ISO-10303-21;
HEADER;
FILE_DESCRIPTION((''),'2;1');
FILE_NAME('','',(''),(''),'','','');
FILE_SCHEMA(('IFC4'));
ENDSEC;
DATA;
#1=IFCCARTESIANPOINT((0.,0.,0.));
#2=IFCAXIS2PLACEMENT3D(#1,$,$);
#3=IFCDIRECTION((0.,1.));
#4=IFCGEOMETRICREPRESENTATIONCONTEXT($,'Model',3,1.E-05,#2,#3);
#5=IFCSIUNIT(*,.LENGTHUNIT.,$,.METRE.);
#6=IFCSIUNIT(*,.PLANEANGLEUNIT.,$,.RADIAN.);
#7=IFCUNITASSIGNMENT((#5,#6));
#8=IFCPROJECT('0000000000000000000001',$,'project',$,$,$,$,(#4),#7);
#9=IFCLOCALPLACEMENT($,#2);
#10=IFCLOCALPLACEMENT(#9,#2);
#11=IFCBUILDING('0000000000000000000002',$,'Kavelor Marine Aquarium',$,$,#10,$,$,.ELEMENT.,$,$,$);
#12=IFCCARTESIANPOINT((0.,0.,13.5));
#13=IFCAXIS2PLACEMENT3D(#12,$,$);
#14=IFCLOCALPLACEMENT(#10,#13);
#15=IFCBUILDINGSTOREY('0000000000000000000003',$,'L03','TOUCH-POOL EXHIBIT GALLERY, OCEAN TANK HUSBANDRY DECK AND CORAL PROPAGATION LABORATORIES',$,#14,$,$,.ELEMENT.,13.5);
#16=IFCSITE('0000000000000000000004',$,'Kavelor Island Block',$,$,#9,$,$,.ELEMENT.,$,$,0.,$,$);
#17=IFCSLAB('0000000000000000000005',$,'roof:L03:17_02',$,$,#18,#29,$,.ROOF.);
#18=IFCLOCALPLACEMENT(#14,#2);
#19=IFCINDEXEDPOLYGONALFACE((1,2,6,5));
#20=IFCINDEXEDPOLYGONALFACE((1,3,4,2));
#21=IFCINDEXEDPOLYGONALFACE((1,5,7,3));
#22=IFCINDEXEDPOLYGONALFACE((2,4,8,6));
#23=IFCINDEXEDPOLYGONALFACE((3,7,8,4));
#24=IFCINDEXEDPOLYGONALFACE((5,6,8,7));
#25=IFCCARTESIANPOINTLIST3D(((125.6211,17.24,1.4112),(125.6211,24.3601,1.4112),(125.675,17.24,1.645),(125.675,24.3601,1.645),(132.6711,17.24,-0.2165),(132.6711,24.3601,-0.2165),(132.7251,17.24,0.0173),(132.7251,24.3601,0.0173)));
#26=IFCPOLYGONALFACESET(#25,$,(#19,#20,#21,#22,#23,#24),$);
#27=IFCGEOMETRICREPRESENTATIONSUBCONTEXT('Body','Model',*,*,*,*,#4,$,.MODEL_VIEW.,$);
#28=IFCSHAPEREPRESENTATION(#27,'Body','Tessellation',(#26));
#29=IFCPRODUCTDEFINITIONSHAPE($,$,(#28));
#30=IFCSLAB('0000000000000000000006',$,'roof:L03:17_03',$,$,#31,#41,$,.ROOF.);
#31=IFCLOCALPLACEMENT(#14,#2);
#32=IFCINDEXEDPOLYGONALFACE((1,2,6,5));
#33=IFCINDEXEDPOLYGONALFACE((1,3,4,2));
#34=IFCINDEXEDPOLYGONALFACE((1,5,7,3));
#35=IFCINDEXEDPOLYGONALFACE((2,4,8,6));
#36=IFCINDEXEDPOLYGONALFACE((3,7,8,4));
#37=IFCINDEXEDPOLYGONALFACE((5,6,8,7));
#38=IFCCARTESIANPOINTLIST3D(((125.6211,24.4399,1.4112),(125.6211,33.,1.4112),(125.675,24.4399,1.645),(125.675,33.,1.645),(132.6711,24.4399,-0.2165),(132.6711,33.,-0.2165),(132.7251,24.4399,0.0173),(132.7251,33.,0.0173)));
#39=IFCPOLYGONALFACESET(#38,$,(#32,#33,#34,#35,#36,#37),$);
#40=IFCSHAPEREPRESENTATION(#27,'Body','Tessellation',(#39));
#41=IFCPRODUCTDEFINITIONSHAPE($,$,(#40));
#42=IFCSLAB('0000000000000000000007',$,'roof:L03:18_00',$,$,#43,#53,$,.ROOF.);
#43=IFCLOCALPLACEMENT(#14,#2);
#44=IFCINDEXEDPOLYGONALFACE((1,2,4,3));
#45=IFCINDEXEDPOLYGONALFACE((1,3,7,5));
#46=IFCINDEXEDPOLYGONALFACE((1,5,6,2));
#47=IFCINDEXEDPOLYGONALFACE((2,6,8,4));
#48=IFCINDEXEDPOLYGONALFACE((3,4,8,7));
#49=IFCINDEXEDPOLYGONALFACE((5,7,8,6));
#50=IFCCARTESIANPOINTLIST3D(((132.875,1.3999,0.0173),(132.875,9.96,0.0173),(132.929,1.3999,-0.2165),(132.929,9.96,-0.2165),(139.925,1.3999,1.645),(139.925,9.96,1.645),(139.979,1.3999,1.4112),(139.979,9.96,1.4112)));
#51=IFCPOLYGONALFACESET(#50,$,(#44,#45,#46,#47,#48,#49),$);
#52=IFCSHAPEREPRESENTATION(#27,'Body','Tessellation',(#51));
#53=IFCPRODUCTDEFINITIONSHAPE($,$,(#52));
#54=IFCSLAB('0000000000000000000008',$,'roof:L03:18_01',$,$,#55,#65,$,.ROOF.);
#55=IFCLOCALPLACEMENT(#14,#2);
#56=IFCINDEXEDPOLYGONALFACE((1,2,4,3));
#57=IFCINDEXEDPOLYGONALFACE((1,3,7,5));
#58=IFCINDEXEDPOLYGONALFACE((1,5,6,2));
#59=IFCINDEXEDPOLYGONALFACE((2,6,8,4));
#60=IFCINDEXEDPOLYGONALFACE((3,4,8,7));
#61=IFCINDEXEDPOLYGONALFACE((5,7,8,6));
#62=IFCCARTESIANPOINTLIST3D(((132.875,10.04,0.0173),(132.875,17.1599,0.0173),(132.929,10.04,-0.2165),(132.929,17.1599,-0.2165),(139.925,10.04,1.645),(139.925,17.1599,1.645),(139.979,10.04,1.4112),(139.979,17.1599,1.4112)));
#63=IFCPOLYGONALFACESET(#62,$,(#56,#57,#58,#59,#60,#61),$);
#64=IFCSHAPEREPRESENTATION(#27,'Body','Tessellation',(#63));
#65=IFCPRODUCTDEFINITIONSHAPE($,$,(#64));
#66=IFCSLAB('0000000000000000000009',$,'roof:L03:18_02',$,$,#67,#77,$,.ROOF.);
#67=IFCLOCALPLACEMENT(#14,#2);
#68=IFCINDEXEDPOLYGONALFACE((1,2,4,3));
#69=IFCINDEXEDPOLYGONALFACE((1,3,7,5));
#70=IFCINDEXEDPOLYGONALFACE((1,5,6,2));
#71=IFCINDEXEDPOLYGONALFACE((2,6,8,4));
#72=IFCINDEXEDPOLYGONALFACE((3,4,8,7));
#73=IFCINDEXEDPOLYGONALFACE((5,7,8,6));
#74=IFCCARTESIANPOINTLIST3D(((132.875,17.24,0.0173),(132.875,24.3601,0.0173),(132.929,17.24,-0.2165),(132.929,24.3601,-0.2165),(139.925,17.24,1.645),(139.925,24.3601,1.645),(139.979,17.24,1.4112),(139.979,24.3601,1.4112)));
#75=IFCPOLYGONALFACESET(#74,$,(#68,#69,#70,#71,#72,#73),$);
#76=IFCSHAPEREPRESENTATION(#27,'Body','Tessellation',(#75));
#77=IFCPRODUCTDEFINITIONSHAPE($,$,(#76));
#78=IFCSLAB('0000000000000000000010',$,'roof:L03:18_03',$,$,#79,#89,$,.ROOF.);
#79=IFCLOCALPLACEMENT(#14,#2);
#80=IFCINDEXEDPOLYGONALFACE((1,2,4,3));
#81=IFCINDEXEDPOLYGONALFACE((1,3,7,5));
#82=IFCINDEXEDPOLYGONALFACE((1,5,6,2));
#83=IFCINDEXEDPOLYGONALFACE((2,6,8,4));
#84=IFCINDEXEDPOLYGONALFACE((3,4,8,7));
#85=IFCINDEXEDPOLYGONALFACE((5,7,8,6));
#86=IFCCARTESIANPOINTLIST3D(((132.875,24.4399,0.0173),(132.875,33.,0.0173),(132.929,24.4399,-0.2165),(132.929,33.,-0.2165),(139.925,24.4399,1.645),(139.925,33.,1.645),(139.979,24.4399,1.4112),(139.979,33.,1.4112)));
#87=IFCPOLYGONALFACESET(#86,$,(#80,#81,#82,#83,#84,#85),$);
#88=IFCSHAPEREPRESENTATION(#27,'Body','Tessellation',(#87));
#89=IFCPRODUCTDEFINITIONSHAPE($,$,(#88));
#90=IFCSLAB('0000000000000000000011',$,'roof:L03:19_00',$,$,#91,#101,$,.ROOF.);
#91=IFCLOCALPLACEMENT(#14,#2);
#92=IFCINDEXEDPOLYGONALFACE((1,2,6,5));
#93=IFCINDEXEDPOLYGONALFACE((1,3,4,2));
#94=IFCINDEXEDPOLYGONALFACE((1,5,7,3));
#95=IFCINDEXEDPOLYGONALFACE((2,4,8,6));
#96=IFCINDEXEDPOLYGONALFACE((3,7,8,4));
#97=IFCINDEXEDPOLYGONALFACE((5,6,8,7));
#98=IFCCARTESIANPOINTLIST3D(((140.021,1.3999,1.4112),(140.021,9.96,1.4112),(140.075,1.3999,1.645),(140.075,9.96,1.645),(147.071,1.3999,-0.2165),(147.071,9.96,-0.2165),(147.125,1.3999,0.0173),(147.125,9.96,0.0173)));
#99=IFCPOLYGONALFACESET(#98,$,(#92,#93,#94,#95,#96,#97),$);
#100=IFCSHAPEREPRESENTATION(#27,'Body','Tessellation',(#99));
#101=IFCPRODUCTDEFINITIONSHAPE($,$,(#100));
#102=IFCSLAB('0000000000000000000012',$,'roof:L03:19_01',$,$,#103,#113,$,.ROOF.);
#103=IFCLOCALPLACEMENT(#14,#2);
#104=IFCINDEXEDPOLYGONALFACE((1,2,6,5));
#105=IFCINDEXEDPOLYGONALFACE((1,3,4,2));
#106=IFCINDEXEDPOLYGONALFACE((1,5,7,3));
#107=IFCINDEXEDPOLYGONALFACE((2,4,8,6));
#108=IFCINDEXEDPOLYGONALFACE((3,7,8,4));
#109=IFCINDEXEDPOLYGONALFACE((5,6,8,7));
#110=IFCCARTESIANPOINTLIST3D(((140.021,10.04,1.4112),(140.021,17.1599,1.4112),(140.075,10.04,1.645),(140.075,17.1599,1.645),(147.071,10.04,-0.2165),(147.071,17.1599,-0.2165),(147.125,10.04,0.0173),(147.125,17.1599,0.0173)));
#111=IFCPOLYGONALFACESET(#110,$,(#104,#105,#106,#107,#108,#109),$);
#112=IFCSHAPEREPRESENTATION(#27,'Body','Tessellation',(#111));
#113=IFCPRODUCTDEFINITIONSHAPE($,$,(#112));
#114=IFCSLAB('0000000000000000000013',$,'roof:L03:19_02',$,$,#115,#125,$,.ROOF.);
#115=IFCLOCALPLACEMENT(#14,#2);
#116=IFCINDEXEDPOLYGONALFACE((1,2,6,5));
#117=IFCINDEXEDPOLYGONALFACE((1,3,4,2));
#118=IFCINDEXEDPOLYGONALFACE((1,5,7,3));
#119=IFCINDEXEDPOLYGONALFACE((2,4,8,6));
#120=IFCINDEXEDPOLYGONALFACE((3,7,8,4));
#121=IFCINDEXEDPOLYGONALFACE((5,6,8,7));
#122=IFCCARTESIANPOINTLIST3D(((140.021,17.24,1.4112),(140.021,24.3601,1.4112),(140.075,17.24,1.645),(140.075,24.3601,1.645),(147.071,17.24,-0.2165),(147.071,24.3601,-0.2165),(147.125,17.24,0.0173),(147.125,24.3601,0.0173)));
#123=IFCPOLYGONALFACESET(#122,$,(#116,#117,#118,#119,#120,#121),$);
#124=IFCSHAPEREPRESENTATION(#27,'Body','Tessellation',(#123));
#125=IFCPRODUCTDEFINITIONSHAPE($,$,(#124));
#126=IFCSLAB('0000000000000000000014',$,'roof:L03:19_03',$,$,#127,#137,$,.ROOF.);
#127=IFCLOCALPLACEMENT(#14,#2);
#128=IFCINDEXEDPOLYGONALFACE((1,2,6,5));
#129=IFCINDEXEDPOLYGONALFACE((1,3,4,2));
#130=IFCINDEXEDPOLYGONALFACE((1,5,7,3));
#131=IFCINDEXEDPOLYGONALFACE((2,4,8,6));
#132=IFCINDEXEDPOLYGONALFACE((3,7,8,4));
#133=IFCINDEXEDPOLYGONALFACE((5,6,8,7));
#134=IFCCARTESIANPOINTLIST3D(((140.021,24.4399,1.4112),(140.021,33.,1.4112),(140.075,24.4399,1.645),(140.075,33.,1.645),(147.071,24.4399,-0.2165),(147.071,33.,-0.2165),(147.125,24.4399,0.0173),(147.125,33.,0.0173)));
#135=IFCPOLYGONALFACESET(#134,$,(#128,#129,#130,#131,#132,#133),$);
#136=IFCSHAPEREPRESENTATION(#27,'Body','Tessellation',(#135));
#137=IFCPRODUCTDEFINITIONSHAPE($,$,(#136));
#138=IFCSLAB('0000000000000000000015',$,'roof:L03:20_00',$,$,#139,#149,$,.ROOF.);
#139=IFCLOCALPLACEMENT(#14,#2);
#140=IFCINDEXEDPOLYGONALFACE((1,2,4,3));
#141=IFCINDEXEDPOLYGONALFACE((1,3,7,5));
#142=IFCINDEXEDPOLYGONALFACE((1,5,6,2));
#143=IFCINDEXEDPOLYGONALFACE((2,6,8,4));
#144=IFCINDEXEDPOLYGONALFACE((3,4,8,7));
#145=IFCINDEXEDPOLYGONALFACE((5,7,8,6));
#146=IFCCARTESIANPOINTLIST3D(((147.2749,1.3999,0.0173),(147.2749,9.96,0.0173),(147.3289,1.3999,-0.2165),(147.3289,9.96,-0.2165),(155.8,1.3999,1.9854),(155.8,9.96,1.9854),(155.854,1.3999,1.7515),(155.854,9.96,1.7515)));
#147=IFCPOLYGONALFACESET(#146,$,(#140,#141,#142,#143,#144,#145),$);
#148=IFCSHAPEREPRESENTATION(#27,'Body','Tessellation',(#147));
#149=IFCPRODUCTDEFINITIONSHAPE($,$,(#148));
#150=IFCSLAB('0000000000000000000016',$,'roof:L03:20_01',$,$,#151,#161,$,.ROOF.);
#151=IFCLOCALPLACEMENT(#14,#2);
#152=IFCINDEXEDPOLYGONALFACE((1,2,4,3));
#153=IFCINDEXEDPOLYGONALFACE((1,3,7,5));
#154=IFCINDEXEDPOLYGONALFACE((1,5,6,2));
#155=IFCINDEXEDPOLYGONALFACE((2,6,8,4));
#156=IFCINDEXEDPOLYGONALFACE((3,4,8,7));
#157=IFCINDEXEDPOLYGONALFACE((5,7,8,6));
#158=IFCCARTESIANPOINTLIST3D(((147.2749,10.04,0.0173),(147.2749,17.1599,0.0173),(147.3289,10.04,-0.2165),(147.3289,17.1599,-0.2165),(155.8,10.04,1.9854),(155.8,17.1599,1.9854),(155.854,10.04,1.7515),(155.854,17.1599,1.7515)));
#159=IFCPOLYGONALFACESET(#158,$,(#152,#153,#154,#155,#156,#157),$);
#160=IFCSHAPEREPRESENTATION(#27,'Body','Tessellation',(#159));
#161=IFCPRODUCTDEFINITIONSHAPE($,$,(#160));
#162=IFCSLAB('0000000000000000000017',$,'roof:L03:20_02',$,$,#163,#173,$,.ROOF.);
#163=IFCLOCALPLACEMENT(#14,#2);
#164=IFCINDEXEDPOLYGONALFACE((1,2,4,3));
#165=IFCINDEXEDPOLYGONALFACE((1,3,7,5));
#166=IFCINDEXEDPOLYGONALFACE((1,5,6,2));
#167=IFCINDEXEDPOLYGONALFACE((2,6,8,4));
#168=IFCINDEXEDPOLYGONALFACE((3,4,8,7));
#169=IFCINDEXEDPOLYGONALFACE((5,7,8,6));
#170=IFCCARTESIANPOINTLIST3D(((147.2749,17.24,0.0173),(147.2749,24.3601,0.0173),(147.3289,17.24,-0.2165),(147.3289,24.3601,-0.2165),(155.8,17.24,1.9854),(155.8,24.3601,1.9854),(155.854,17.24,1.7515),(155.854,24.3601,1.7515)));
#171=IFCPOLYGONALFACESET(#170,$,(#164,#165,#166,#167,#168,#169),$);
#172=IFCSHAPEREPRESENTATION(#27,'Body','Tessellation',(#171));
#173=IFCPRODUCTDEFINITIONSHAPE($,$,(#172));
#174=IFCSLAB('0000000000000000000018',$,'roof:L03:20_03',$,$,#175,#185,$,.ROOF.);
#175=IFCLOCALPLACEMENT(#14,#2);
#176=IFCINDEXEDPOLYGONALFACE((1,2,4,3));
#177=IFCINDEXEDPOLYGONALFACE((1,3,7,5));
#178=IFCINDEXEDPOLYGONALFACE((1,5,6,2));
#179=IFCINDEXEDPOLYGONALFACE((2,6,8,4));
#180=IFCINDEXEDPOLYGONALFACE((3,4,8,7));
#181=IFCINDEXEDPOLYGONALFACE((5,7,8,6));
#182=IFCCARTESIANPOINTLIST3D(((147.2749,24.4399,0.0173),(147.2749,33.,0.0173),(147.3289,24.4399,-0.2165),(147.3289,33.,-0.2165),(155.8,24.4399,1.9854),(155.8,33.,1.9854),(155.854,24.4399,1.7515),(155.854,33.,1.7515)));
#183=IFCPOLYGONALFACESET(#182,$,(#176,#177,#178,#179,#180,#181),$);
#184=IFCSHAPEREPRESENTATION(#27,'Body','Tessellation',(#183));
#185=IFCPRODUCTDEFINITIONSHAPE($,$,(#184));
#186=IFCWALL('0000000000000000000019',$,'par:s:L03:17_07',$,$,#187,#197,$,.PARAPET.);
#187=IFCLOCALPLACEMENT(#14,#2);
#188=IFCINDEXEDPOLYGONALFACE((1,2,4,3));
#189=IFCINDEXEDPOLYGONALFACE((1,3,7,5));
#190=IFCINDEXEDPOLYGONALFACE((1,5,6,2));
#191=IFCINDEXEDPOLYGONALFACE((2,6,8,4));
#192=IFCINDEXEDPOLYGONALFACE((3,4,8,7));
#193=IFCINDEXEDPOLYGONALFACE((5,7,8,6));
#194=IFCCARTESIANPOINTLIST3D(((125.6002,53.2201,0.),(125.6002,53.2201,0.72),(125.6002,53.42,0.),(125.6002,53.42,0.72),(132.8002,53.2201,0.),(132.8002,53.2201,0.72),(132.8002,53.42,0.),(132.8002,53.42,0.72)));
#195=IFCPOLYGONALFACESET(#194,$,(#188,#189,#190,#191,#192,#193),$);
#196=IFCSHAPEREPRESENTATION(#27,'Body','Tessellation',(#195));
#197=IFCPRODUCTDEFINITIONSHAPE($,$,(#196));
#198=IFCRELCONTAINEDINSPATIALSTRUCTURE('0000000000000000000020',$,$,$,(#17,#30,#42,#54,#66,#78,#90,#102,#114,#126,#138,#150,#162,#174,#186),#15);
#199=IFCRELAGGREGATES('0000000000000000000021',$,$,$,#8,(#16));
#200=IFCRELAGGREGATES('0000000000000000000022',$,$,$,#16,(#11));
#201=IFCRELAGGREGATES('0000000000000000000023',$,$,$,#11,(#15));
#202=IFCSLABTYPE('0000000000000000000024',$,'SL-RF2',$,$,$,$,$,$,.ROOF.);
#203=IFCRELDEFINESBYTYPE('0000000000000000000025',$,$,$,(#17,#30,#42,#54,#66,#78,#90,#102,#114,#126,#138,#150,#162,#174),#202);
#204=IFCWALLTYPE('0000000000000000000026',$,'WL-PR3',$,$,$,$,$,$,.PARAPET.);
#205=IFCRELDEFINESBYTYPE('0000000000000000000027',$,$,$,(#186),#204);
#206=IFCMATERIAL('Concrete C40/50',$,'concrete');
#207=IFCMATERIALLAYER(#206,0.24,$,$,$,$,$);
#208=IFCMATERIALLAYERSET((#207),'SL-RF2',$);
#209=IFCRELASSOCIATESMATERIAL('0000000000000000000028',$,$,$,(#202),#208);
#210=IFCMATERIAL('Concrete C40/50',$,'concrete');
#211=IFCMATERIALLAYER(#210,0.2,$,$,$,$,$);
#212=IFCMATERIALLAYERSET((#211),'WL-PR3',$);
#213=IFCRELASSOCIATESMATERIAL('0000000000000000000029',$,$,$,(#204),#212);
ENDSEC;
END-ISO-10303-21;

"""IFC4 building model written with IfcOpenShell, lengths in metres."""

from ifc_helpers import new_model, si_unit, direction, frame, frame_2d, origin, place, context, subcontext, project, spatial, polyline, rectangle, outline, extrude, material, layer, layer_set, type_object, element, save


model = new_model("IFC4")

# Units and contexts
model_context = context("Model", 3, precision=1e-05, world=origin(), true_north=direction((0.0, 1.0)))
body_context = subcontext(model_context, "Body", "Model", "MODEL_VIEW")
ifc_project = project(units=[si_unit("LENGTHUNIT", "METRE"), si_unit("PLANEANGLEUNIT", "RADIAN")], contexts=[model_context])

# Site, building, storey
site_placement = place(None, origin())
site = spatial("IfcSite", under=ifc_project, at=site_placement, Name="Kavelor Island Block", CompositionType="ELEMENT", RefElevation=0.0)
building_placement = place(site_placement, origin())
building = spatial("IfcBuilding", under=site, at=building_placement, Name="Kavelor Marine Aquarium", CompositionType="ELEMENT")
storey_placement = place(building_placement, frame((0.0, 0.0, 13.5)))
storey = spatial("IfcBuildingStorey", under=building, at=storey_placement, Name="L03", Description="TOUCH-POOL EXHIBIT GALLERY, OCEAN TANK HUSBANDRY DECK AND CORAL PROPAGATION LABORATORIES", CompositionType="ELEMENT", Elevation=13.5)

# Slabs
ifc_material_1 = material(Name="Concrete C40/50", Category="concrete")
ifc_layer_1 = layer(ifc_material_1, 0.24)
ifc_layer_set_1 = layer_set([ifc_layer_1], Name="SL-RF2")
slab_type = type_object("IfcSlabType", Name="SL-RF2", PredefinedType="ROOF", material=ifc_layer_set_1)
slab_1_placement = place(storey_placement, frame((125.675, 17.24, 1.645), z_axis=(0.224958, 0.0, 0.974368), x_axis=(0.974368, 0.0, -0.224958)))
element("IfcSlab", 1, at=slab_1_placement, inside=storey, type_object=slab_type, Name="roof:L03:17_02", PredefinedType="ROOF", context=body_context, shape_type="SweptSolid", body=[
    extrude(outline(polyline([(0.0, 0.0), (7.2355, 0.0), (7.2355, 7.1201), (0.0, 7.1201), (0.0, 0.0)])), origin(), (0.0, 0.0, -1.0), 0.24),
])
for number, where, z_axis, x_axis, name in (
    (2, (125.675, 24.4399, 1.645), (0.224958, 0.0, 0.974368), (0.974368, 0.0, -0.224958), "roof:L03:17_03"),
    (3, (132.875, 1.3999, 0.0173), (-0.224958, 0.0, 0.974368), (0.974368, 0.0, 0.224958), "roof:L03:18_00"),
):
    element("IfcSlab", number, at=place(storey_placement, frame(where, z_axis=z_axis, x_axis=x_axis)), inside=storey, type_object=slab_type, Name=name, PredefinedType="ROOF", context=body_context, shape_type="SweptSolid", body=[
        extrude(outline(polyline([(0.0, 0.0), (7.2355, 0.0), (7.2355, 8.5601), (0.0, 8.5601), (0.0, 0.0)])), origin(), (0.0, 0.0, -1.0), 0.24),
    ])
slab_2_placement = place(storey_placement, frame((132.875, 10.04, 0.0173), z_axis=(-0.224958, 0.0, 0.974368), x_axis=(0.974368, 0.0, 0.224958)))
element("IfcSlab", 4, at=slab_2_placement, inside=storey, type_object=slab_type, Name="roof:L03:18_01", PredefinedType="ROOF", context=body_context, shape_type="SweptSolid", body=[
    extrude(outline(polyline([(0.0, 0.0), (7.2355, 0.0), (7.2355, 7.1199), (0.0, 7.1199), (0.0, 0.0)])), origin(), (0.0, 0.0, -1.0), 0.24),
])
slab_3_placement = place(storey_placement, frame((132.875, 17.24, 0.0173), z_axis=(-0.224958, 0.0, 0.974368), x_axis=(0.974368, 0.0, 0.224958)))
element("IfcSlab", 5, at=slab_3_placement, inside=storey, type_object=slab_type, Name="roof:L03:18_02", PredefinedType="ROOF", context=body_context, shape_type="SweptSolid", body=[
    extrude(outline(polyline([(0.0, 0.0), (7.2355, 0.0), (7.2355, 7.1201), (0.0, 7.1201), (0.0, 0.0)])), origin(), (0.0, 0.0, -1.0), 0.24),
])
for number, where, z_axis, x_axis, name in (
    (6, (132.875, 24.4399, 0.0173), (-0.224958, 0.0, 0.974368), (0.974368, 0.0, 0.224958), "roof:L03:18_03"),
    (7, (140.075, 1.3999, 1.645), (0.224958, 0.0, 0.974368), (0.974368, 0.0, -0.224958), "roof:L03:19_00"),
):
    element("IfcSlab", number, at=place(storey_placement, frame(where, z_axis=z_axis, x_axis=x_axis)), inside=storey, type_object=slab_type, Name=name, PredefinedType="ROOF", context=body_context, shape_type="SweptSolid", body=[
        extrude(outline(polyline([(0.0, 0.0), (7.2355, 0.0), (7.2355, 8.5601), (0.0, 8.5601), (0.0, 0.0)])), origin(), (0.0, 0.0, -1.0), 0.24),
    ])
slab_4_placement = place(storey_placement, frame((140.075, 10.04, 1.645), z_axis=(0.224958, 0.0, 0.974368), x_axis=(0.974368, 0.0, -0.224958)))
element("IfcSlab", 8, at=slab_4_placement, inside=storey, type_object=slab_type, Name="roof:L03:19_01", PredefinedType="ROOF", context=body_context, shape_type="SweptSolid", body=[
    extrude(outline(polyline([(0.0, 0.0), (7.2355, 0.0), (7.2355, 7.1199), (0.0, 7.1199), (0.0, 0.0)])), origin(), (0.0, 0.0, -1.0), 0.24),
])
slab_5_placement = place(storey_placement, frame((140.075, 17.24, 1.645), z_axis=(0.224958, 0.0, 0.974368), x_axis=(0.974368, 0.0, -0.224958)))
element("IfcSlab", 9, at=slab_5_placement, inside=storey, type_object=slab_type, Name="roof:L03:19_02", PredefinedType="ROOF", context=body_context, shape_type="SweptSolid", body=[
    extrude(outline(polyline([(0.0, 0.0), (7.2355, 0.0), (7.2355, 7.1201), (0.0, 7.1201), (0.0, 0.0)])), origin(), (0.0, 0.0, -1.0), 0.24),
])
slab_6_placement = place(storey_placement, frame((140.075, 24.4399, 1.645), z_axis=(0.224958, 0.0, 0.974368), x_axis=(0.974368, 0.0, -0.224958)))
element("IfcSlab", 10, at=slab_6_placement, inside=storey, type_object=slab_type, Name="roof:L03:19_03", PredefinedType="ROOF", context=body_context, shape_type="SweptSolid", body=[
    extrude(outline(polyline([(0.0, 0.0), (7.2355, 0.0), (7.2355, 8.5601), (0.0, 8.5601), (0.0, 0.0)])), origin(), (0.0, 0.0, -1.0), 0.24),
])
slab_7_placement = place(storey_placement, frame((147.2749, 1.3999, 0.0173), z_axis=(-0.224933, 0.0, 0.974374), x_axis=(0.974374, 0.0, 0.224933)))
element("IfcSlab", 11, at=slab_7_placement, inside=storey, type_object=slab_type, Name="roof:L03:20_00", PredefinedType="ROOF", context=body_context, shape_type="SweptSolid", body=[
    extrude(outline(polyline([(0.0, 0.0), (8.7494, 0.0), (8.7494, 8.5601), (0.0, 8.5601), (0.0, 0.0)])), origin(), (0.0, 0.0, -1.0), 0.24),
])
slab_8_placement = place(storey_placement, frame((147.2749, 10.04, 0.0173), z_axis=(-0.224933, 0.0, 0.974374), x_axis=(0.974374, 0.0, 0.224933)))
element("IfcSlab", 12, at=slab_8_placement, inside=storey, type_object=slab_type, Name="roof:L03:20_01", PredefinedType="ROOF", context=body_context, shape_type="SweptSolid", body=[
    extrude(outline(polyline([(0.0, 0.0), (8.7494, 0.0), (8.7494, 7.1199), (0.0, 7.1199), (0.0, 0.0)])), origin(), (0.0, 0.0, -1.0), 0.24),
])
slab_9_placement = place(storey_placement, frame((147.2749, 17.24, 0.0173), z_axis=(-0.224933, 0.0, 0.974374), x_axis=(0.974374, 0.0, 0.224933)))
element("IfcSlab", 13, at=slab_9_placement, inside=storey, type_object=slab_type, Name="roof:L03:20_02", PredefinedType="ROOF", context=body_context, shape_type="SweptSolid", body=[
    extrude(outline(polyline([(0.0, 0.0), (8.7494, 0.0), (8.7494, 7.1201), (0.0, 7.1201), (0.0, 0.0)])), origin(), (0.0, 0.0, -1.0), 0.24),
])
slab_10_placement = place(storey_placement, frame((147.2749, 24.4399, 0.0173), z_axis=(-0.224933, 0.0, 0.974374), x_axis=(0.974374, 0.0, 0.224933)))
element("IfcSlab", 14, at=slab_10_placement, inside=storey, type_object=slab_type, Name="roof:L03:20_03", PredefinedType="ROOF", context=body_context, shape_type="SweptSolid", body=[
    extrude(outline(polyline([(0.0, 0.0), (8.7494, 0.0), (8.7494, 8.5601), (0.0, 8.5601), (0.0, 0.0)])), origin(), (0.0, 0.0, -1.0), 0.24),
])

# Wall
ifc_material_2 = material(Name="Concrete C40/50", Category="concrete")
ifc_layer_2 = layer(ifc_material_2, 0.2)
ifc_layer_set_2 = layer_set([ifc_layer_2], Name="WL-PR3")
wall_type = type_object("IfcWallType", Name="WL-PR3", PredefinedType="PARAPET", material=ifc_layer_set_2)
for number, where, z_axis, x_axis, name in (
    (15, (125.6001, 53.3201, 0.0), (0.0, 0.0, 1.0), (1.0, 0.0, 0.0), "par:s:L03:17_07"),
):
    element("IfcWall", number, at=place(storey_placement, frame(where, z_axis=z_axis, x_axis=x_axis)), inside=storey, type_object=wall_type, Name=name, PredefinedType="PARAPET", context=body_context, shape_type="SweptSolid", body=[
        extrude(rectangle(XDim=7.2, YDim=0.2, at=frame_2d((3.6001, 0.0))), origin(), (0.0, 0.0, 1.0), 0.72),
    ])

save(model, "model.ifc")
